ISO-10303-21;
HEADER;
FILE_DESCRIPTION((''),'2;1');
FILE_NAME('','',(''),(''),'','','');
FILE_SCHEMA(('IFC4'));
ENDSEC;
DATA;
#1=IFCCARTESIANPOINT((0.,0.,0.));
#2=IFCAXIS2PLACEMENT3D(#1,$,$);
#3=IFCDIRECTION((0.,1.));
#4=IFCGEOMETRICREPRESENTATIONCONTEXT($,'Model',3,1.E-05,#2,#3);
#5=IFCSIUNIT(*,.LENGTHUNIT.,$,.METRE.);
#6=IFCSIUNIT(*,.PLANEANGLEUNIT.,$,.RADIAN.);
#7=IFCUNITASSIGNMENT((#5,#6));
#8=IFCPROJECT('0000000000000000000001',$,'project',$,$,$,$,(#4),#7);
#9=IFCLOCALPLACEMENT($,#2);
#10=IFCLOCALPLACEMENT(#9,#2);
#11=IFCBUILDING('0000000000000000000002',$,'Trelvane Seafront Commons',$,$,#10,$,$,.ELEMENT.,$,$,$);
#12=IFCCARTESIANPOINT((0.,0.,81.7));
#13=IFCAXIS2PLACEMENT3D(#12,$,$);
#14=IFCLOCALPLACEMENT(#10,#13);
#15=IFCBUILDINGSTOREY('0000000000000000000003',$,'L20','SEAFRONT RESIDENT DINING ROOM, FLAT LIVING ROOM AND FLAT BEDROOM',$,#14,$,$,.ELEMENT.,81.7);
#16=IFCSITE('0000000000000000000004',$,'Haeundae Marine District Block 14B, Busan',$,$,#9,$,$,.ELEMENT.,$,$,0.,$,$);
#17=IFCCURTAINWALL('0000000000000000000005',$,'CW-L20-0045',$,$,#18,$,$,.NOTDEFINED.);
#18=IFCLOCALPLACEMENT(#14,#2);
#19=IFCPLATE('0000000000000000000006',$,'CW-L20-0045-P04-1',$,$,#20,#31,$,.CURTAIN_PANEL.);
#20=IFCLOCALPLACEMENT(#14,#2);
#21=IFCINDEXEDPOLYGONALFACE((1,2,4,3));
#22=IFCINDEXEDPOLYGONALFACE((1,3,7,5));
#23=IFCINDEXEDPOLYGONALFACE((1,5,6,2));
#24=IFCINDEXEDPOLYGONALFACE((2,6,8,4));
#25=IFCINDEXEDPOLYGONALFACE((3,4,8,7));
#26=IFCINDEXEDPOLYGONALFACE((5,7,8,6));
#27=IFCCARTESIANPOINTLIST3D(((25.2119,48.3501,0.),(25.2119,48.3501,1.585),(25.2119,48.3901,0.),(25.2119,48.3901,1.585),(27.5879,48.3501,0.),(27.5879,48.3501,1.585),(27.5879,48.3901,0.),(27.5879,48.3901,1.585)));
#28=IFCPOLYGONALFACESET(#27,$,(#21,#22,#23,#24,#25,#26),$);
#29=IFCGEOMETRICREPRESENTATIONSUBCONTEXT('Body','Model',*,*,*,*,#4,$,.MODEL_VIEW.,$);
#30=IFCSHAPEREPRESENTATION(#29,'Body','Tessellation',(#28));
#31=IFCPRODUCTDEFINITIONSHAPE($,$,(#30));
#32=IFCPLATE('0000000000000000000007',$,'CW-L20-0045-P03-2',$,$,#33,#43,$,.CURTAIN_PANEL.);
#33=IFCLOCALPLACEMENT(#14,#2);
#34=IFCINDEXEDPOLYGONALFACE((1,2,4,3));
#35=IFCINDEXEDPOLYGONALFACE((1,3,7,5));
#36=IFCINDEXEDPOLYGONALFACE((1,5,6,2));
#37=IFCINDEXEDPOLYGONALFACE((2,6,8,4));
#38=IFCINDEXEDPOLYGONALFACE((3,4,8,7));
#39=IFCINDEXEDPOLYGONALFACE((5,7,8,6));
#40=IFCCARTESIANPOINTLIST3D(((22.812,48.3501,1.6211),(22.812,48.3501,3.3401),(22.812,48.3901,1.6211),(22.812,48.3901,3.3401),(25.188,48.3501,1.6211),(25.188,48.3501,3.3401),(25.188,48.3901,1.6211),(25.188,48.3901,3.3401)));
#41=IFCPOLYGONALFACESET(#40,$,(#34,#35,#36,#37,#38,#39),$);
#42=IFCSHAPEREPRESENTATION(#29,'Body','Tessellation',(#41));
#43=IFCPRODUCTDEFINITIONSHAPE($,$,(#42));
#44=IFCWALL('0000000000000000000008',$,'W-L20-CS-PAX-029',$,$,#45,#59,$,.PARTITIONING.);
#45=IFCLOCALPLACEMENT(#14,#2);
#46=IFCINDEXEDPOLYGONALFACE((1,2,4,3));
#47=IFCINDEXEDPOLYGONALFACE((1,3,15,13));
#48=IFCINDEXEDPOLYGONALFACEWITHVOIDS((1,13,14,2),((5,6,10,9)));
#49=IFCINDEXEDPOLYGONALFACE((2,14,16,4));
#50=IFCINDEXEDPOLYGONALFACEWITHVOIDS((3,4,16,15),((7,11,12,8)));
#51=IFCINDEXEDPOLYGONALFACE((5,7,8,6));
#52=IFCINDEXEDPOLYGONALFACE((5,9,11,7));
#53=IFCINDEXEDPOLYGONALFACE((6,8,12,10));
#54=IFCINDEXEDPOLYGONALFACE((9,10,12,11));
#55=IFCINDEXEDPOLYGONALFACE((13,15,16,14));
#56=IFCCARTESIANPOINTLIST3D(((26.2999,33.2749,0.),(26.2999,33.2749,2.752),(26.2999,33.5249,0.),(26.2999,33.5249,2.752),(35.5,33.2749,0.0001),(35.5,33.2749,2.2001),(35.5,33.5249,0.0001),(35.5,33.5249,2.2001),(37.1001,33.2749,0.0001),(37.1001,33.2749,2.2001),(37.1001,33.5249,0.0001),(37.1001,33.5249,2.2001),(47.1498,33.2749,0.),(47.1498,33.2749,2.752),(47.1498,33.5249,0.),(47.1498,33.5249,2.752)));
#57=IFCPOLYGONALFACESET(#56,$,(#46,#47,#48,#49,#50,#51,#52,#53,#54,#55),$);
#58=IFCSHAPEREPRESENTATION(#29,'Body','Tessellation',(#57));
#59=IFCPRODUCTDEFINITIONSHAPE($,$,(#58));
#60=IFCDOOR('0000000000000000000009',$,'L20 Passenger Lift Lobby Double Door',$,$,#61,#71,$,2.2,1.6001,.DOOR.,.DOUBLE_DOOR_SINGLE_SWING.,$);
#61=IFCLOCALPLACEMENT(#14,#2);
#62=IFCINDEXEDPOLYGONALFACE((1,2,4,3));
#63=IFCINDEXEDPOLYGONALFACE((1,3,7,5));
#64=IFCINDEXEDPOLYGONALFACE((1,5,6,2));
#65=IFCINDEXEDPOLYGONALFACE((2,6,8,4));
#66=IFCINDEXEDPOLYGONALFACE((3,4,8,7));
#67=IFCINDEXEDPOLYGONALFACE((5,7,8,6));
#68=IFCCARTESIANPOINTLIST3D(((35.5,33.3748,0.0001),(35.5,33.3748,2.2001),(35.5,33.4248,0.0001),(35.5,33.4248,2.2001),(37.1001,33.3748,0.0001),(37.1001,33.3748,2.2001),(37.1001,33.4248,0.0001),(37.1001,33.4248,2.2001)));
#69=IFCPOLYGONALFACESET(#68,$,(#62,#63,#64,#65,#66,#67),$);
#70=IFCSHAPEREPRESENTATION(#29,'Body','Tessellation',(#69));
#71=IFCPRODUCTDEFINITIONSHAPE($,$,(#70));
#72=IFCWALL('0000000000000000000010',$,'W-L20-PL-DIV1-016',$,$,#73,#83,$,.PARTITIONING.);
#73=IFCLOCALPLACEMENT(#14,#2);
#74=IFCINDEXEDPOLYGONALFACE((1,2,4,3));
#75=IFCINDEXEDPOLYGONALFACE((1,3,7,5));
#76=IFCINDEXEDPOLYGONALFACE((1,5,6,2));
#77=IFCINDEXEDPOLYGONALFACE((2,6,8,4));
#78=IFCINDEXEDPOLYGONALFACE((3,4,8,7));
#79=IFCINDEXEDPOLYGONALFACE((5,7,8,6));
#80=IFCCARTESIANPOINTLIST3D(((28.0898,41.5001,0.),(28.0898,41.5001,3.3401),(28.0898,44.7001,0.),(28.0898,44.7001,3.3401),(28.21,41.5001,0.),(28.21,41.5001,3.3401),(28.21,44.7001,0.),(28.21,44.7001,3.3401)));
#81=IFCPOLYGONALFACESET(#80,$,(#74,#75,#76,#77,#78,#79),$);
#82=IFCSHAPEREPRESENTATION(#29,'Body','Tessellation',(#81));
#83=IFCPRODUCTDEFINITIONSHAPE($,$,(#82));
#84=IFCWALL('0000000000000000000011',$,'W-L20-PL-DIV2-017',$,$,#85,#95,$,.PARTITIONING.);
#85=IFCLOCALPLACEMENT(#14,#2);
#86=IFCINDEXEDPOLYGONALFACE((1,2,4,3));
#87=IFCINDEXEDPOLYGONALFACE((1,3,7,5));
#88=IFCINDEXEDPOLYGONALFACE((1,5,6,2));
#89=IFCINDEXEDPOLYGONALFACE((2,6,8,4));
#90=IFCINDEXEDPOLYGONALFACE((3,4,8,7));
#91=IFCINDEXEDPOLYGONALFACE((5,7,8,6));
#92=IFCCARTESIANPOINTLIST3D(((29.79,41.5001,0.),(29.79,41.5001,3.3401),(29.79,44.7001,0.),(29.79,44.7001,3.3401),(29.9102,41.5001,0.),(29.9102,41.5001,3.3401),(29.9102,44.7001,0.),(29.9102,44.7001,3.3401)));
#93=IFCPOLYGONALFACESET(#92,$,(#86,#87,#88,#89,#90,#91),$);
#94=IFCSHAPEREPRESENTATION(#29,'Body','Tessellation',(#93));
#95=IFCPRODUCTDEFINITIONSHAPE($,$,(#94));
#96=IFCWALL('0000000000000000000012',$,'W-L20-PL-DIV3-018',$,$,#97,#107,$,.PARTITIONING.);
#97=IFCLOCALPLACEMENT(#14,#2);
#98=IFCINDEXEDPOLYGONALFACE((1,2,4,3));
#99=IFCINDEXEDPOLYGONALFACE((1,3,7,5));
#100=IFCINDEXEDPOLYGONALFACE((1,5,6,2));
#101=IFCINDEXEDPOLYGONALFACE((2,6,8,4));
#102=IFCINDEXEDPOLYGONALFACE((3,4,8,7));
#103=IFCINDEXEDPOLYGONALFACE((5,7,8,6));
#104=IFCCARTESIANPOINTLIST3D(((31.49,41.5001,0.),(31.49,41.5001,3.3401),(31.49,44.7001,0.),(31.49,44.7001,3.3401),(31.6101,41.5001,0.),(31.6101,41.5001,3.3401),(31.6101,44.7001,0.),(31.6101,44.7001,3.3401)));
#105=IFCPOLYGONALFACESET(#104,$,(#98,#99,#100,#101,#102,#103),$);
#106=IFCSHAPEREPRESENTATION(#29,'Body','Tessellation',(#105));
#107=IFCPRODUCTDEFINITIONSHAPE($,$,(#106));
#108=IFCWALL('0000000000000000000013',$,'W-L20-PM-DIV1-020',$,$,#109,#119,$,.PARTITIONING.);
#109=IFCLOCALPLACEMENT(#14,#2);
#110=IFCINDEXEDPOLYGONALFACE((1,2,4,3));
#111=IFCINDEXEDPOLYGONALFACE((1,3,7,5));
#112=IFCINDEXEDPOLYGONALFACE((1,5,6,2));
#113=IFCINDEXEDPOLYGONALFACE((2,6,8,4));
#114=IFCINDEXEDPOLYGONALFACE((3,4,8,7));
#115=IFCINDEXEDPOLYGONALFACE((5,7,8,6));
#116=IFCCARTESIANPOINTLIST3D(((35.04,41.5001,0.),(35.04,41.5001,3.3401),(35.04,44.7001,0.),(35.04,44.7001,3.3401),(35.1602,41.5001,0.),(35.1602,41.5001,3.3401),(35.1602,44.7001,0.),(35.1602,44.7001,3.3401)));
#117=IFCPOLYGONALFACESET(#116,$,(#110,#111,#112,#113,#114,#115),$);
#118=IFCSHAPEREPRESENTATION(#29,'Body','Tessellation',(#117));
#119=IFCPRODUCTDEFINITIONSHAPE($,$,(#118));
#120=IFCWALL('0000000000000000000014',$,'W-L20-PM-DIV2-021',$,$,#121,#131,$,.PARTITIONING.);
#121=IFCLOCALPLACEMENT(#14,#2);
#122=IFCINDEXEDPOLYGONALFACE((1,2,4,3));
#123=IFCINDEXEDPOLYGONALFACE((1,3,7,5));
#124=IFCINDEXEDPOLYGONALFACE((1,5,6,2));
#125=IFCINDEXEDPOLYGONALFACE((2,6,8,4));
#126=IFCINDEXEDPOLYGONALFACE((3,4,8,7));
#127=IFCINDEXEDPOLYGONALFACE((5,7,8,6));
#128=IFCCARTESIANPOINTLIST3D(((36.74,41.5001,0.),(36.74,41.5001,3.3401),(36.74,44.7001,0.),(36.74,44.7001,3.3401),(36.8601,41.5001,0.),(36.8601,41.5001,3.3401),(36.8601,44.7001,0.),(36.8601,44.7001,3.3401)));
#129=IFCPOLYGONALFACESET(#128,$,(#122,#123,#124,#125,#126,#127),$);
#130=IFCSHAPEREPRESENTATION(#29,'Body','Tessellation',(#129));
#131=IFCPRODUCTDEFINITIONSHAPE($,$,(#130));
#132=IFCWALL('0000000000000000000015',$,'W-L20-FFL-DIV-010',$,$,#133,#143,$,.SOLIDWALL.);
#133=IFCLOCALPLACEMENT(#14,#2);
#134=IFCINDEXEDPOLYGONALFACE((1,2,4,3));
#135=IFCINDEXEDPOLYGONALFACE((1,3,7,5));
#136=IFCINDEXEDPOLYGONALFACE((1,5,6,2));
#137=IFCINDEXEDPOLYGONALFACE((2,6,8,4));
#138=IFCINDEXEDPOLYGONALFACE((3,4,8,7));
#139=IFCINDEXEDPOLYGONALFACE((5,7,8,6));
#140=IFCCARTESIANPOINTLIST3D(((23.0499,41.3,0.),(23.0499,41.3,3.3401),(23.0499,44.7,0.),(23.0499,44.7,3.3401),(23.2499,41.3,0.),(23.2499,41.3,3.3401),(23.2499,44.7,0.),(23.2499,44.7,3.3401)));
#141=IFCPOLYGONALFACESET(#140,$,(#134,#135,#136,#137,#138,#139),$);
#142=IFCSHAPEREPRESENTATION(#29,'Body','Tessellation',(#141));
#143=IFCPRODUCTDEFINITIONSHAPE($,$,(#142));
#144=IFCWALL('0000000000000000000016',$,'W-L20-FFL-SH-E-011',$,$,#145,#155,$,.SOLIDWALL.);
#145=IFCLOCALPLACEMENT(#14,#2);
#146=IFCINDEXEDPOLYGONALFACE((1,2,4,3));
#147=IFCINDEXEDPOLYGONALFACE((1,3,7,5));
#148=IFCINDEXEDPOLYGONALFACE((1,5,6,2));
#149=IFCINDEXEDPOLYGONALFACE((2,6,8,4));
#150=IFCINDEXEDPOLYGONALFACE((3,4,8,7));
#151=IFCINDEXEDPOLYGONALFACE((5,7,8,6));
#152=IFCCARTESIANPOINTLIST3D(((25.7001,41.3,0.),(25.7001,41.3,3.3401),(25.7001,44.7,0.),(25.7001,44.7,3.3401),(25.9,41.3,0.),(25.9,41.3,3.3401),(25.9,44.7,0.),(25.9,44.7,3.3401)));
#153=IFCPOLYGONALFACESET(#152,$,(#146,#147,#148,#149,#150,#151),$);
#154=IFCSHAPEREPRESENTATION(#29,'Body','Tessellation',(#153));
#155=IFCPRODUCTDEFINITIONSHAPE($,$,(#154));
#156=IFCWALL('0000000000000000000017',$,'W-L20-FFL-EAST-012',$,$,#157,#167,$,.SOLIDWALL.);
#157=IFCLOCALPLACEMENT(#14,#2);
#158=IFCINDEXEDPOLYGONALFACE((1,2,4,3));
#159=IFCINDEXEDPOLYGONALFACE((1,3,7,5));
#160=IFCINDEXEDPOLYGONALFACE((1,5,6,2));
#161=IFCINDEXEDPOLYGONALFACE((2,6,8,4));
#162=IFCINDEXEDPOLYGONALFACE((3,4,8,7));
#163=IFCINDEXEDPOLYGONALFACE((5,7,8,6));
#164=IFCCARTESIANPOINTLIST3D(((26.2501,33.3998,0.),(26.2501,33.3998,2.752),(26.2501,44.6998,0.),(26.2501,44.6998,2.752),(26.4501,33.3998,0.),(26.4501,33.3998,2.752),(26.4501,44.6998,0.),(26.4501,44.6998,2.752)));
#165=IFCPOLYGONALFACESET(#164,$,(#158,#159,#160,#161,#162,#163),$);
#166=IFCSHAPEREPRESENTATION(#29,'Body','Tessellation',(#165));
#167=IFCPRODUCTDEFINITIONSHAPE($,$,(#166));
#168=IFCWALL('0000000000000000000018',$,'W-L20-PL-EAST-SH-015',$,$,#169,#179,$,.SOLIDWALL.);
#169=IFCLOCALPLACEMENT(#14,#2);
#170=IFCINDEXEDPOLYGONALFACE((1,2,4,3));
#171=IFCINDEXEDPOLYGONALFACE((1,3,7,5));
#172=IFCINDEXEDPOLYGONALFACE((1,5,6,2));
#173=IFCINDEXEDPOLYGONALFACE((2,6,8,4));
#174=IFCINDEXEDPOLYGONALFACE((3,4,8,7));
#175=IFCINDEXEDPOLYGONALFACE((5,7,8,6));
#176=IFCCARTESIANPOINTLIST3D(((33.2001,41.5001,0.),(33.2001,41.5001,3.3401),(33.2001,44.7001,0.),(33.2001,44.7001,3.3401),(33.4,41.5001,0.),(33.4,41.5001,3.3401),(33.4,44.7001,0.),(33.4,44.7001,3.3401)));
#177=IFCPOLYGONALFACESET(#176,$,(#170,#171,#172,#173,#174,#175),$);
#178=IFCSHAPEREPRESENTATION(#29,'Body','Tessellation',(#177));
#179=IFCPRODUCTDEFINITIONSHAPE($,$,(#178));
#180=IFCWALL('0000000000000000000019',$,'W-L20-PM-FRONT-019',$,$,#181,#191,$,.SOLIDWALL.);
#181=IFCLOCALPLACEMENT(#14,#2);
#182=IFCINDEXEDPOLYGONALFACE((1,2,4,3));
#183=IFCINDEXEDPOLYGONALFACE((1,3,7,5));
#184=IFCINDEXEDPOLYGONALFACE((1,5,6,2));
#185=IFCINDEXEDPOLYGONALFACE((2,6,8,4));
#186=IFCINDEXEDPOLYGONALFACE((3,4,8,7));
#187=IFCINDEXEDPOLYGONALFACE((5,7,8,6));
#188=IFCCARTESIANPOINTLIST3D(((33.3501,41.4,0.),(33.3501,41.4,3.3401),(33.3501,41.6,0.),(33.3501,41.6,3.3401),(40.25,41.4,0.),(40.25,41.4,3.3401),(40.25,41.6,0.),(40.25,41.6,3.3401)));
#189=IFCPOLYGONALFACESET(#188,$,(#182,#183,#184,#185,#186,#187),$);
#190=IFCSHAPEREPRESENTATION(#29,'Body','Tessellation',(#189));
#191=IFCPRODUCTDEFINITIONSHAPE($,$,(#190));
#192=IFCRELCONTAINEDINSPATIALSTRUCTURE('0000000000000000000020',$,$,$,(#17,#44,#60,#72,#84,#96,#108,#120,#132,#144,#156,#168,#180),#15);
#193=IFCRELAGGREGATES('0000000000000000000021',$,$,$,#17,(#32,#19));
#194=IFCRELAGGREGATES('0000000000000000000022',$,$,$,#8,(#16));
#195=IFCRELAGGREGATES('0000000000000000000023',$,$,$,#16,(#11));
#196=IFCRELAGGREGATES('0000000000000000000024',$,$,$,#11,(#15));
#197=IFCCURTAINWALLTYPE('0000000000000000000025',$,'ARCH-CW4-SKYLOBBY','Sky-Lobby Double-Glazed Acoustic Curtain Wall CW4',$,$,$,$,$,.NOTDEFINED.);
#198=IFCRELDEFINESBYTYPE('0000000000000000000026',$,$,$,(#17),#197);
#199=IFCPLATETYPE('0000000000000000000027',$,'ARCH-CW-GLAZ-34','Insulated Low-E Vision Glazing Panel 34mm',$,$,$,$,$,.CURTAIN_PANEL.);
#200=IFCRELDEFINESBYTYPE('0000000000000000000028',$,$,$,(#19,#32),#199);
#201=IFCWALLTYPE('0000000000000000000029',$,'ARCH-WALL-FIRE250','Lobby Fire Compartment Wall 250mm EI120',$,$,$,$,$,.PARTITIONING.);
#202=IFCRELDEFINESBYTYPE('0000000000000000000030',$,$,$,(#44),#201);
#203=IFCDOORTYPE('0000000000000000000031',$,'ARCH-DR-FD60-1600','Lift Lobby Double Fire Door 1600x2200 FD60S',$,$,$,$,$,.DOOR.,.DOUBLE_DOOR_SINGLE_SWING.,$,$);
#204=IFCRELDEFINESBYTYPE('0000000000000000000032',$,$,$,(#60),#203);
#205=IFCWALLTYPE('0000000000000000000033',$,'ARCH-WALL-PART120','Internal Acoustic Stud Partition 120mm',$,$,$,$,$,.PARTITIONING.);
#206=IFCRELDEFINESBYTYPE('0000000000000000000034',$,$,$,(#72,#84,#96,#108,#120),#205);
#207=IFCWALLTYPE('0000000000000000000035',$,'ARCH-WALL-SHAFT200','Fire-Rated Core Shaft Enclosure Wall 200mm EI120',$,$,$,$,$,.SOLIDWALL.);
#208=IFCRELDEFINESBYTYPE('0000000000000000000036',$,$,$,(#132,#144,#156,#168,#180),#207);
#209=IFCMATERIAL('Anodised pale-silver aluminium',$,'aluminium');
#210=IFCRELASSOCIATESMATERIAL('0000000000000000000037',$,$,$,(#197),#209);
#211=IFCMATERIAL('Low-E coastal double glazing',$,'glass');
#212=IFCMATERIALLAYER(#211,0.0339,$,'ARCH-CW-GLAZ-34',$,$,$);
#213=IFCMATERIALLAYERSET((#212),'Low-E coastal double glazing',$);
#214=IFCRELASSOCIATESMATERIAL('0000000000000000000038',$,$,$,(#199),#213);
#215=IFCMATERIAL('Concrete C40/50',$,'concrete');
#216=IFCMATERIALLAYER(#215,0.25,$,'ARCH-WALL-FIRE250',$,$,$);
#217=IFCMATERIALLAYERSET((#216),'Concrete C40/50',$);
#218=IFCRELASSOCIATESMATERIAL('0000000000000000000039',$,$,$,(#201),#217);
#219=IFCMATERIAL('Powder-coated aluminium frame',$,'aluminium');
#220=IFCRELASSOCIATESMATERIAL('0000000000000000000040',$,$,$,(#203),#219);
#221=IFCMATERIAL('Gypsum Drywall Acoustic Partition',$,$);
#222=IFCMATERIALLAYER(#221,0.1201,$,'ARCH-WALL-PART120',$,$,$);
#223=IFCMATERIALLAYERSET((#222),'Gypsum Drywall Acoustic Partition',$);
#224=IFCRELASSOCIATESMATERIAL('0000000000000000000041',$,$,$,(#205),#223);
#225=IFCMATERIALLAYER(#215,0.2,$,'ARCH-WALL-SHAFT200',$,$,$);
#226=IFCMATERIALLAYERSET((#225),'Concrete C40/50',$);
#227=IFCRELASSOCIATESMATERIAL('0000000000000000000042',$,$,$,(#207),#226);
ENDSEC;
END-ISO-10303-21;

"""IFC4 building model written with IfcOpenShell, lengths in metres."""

from ifc_helpers import new_model, si_unit, direction, frame, frame_2d, origin, origin_2d, place, context, subcontext, project, spatial, rectangle, extrude, source, transform, mapped, material, layer, layer_set, type_object, element, fill, aggregate, save


model = new_model("IFC4")

# Units and contexts
model_context = context("Model", 3, precision=1e-05, world=origin(), true_north=direction((0.0, 1.0)))
body_context = subcontext(model_context, "Body", "Model", "MODEL_VIEW")
ifc_project = project(units=[si_unit("LENGTHUNIT", "METRE"), si_unit("PLANEANGLEUNIT", "RADIAN")], contexts=[model_context])

# Site, building, storey
site_placement = place(None, origin())
site = spatial("IfcSite", under=ifc_project, at=site_placement, Name="Haeundae Marine District Block 14B, Busan", CompositionType="ELEMENT", RefElevation=0.0)
building_placement = place(site_placement, origin())
building = spatial("IfcBuilding", under=site, at=building_placement, Name="Trelvane Seafront Commons", CompositionType="ELEMENT")
storey_placement = place(building_placement, frame((0.0, 0.0, 81.7)))
storey = spatial("IfcBuildingStorey", under=building, at=storey_placement, Name="L20", Description="SEAFRONT RESIDENT DINING ROOM, FLAT LIVING ROOM AND FLAT BEDROOM", CompositionType="ELEMENT", Elevation=81.7)

# Curtain wall, plates
ifc_material_1 = material(Name="Anodised pale-silver aluminium", Category="aluminium")
curtain_wall_type = type_object("IfcCurtainWallType", Name="ARCH-CW4-SKYLOBBY", Description="Sky-Lobby Double-Glazed Acoustic Curtain Wall CW4", PredefinedType="NOTDEFINED", material=ifc_material_1)
curtain_wall_placement = place(storey_placement, origin())
curtain_wall = element("IfcCurtainWall", 1, at=curtain_wall_placement, inside=storey, type_object=curtain_wall_type, Name="CW-L20-0045", PredefinedType="NOTDEFINED")
ifc_material_2 = material(Name="Low-E coastal double glazing", Category="glass")
ifc_layer_1 = layer(ifc_material_2, 0.0339, Name="ARCH-CW-GLAZ-34")
ifc_layer_set_1 = layer_set([ifc_layer_1], Name="Low-E coastal double glazing")
plate_type = type_object("IfcPlateType", Name="ARCH-CW-GLAZ-34", Description="Insulated Low-E Vision Glazing Panel 34mm", PredefinedType="CURTAIN_PANEL", material=ifc_layer_set_1)
shared_shape_1 = source(origin(), body_context, "Body", "SweptSolid", [
    extrude(rectangle(XDim=2.376, YDim=0.04, at=origin_2d()), origin(), (0.0, 0.0, 1.0), 1.585),
])
plate_1_placement = place(storey_placement, frame((26.3999, 48.3701, 0.0), z_axis=(0.0, 0.0, 1.0), x_axis=(1.0, 0.0, 0.0)))
plate_1 = element("IfcPlate", 2, at=plate_1_placement, type_object=plate_type, Name="CW-L20-0045-P04-1", PredefinedType="CURTAIN_PANEL", context=body_context, shape_type="MappedRepresentation", body=[
    mapped(shared_shape_1, transform((0.0, 0.0, 0.0), x_axis=(1.0, 0.0, 0.0), y_axis=(0.0, 1.0, 0.0), z_axis=(0.0, 0.0, 1.0), scale=1.0)),
])
shared_shape_2 = source(origin(), body_context, "Body", "SweptSolid", [
    extrude(rectangle(XDim=2.376, YDim=0.04, at=origin_2d()), origin(), (0.0, 0.0, 1.0), 1.719),
])
plate_2_placement = place(storey_placement, frame((24.0, 48.3701, 1.6211), z_axis=(0.0, 0.0, 1.0), x_axis=(1.0, 0.0, 0.0)))
plate_2 = element("IfcPlate", 3, at=plate_2_placement, type_object=plate_type, Name="CW-L20-0045-P03-2", PredefinedType="CURTAIN_PANEL", context=body_context, shape_type="MappedRepresentation", body=[
    mapped(shared_shape_2, transform((0.0, 0.0, 0.0), x_axis=(1.0, 0.0, 0.0), y_axis=(0.0, 1.0, 0.0), z_axis=(0.0, 0.0, 1.0), scale=1.0)),
])
aggregate(curtain_wall, [plate_2, plate_1])

# Wall, opening, door
ifc_material_3 = material(Name="Concrete C40/50", Category="concrete")
ifc_layer_2 = layer(ifc_material_3, 0.25, Name="ARCH-WALL-FIRE250")
ifc_layer_set_2 = layer_set([ifc_layer_2], Name="Concrete C40/50")
wall_type_1 = type_object("IfcWallType", Name="ARCH-WALL-FIRE250", Description="Lobby Fire Compartment Wall 250mm EI120", PredefinedType="PARTITIONING", material=ifc_layer_set_2)
wall_1_placement = place(storey_placement, frame((26.3, 33.3999, 0.0), z_axis=(0.0, 0.0, 1.0), x_axis=(1.0, 0.0, 0.0)))
wall_1 = element("IfcWall", 4, at=wall_1_placement, inside=storey, type_object=wall_type_1, Name="W-L20-CS-PAX-029", PredefinedType="PARTITIONING", context=body_context, shape_type="SweptSolid", body=[
    extrude(rectangle(XDim=20.8499, YDim=0.25, at=frame_2d((10.4248, 0.0))), origin(), (0.0, 0.0, 1.0), 2.752),
])
opening_1_placement = place(wall_1_placement, frame((9.2, 0.0, 0.0)))
opening_1 = element("IfcOpeningElement", 5, at=opening_1_placement, cuts=wall_1, PredefinedType="OPENING", context=body_context, shape_type="SweptSolid", body=[
    extrude(rectangle(XDim=1.6001, YDim=2.2, at=frame_2d((0.8, 1.1001))), frame((0.0, 0.135, 0.0), z_axis=(0.0, -1.0, 0.0), x_axis=(1.0, 0.0, 0.0)), (0.0, 0.0, 1.0), 0.27),
])
ifc_material_4 = material(Name="Powder-coated aluminium frame", Category="aluminium")
door_type_1 = type_object("IfcDoorType", Name="ARCH-DR-FD60-1600", Description="Lift Lobby Double Fire Door 1600x2200 FD60S", OperationType="DOUBLE_DOOR_SINGLE_SWING", PredefinedType="DOOR", material=ifc_material_4)
shared_shape_3 = source(origin(), body_context, "Body", "SweptSolid", [
    extrude(rectangle(XDim=1.6001, YDim=2.2, at=frame_2d((0.8, 1.1001))), frame((0.0, 0.0249, 0.0), z_axis=(0.0, -1.0, 0.0), x_axis=(1.0, 0.0, 0.0)), (0.0, 0.0, 1.0), 0.05),
])
door_1_placement = place(opening_1_placement, origin())
door_1 = element("IfcDoor", 6, at=door_1_placement, inside=storey, type_object=door_type_1, Name="L20 Passenger Lift Lobby Double Door", OperationType="DOUBLE_DOOR_SINGLE_SWING", OverallHeight=2.2, OverallWidth=1.6001, PredefinedType="DOOR", context=body_context, shape_type="MappedRepresentation", body=[
    mapped(shared_shape_3, transform((0.0, 0.0, 0.0), x_axis=(1.0, 0.0, 0.0), y_axis=(0.0, 1.0, 0.0), z_axis=(0.0, 0.0, 1.0), scale=1.0)),
])
fill(opening_1, door_1)

# Walls
ifc_material_5 = material(Name="Gypsum Drywall Acoustic Partition")
ifc_layer_3 = layer(ifc_material_5, 0.1201, Name="ARCH-WALL-PART120")
ifc_layer_set_3 = layer_set([ifc_layer_3], Name="Gypsum Drywall Acoustic Partition")
wall_type_2 = type_object("IfcWallType", Name="ARCH-WALL-PART120", Description="Internal Acoustic Stud Partition 120mm", PredefinedType="PARTITIONING", material=ifc_layer_set_3)
for number, where, z_axis, x_axis, name in (
    (7, (28.1499, 41.5, 0.0), (0.0, 0.0, 1.0), (0.0, 1.0, 0.0), "W-L20-PL-DIV1-016"),
    (8, (29.8501, 41.5, 0.0), (0.0, 0.0, 1.0), (0.0, 1.0, 0.0), "W-L20-PL-DIV2-017"),
    (9, (31.55, 41.5, 0.0), (0.0, 0.0, 1.0), (0.0, 1.0, 0.0), "W-L20-PL-DIV3-018"),
    (10, (35.1001, 41.5, 0.0), (0.0, 0.0, 1.0), (0.0, 1.0, 0.0), "W-L20-PM-DIV1-020"),
    (11, (36.8, 41.5, 0.0), (0.0, 0.0, 1.0), (0.0, 1.0, 0.0), "W-L20-PM-DIV2-021"),
):
    element("IfcWall", number, at=place(storey_placement, frame(where, z_axis=z_axis, x_axis=x_axis)), inside=storey, type_object=wall_type_2, Name=name, PredefinedType="PARTITIONING", context=body_context, shape_type="SweptSolid", body=[
        extrude(rectangle(XDim=3.2, YDim=0.1201, at=frame_2d((1.6001, 0.0))), origin(), (0.0, 0.0, 1.0), 3.3401),
    ])
ifc_layer_4 = layer(ifc_material_3, 0.2, Name="ARCH-WALL-SHAFT200")
ifc_layer_set_4 = layer_set([ifc_layer_4], Name="Concrete C40/50")
wall_type_3 = type_object("IfcWallType", Name="ARCH-WALL-SHAFT200", Description="Fire-Rated Core Shaft Enclosure Wall 200mm EI120", PredefinedType="SOLIDWALL", material=ifc_layer_set_4)
for number, where, z_axis, x_axis, name in (
    (12, (23.1499, 41.3, 0.0), (0.0, 0.0, 1.0), (0.0, 1.0, 0.0), "W-L20-FFL-DIV-010"),
    (13, (25.8, 41.3, 0.0), (0.0, 0.0, 1.0), (0.0, 1.0, 0.0), "W-L20-FFL-SH-E-011"),
):
    element("IfcWall", number, at=place(storey_placement, frame(where, z_axis=z_axis, x_axis=x_axis)), inside=storey, type_object=wall_type_3, Name=name, PredefinedType="SOLIDWALL", context=body_context, shape_type="SweptSolid", body=[
        extrude(rectangle(XDim=3.3999, YDim=0.2, at=frame_2d((1.7, 0.0))), origin(), (0.0, 0.0, 1.0), 3.3401),
    ])
wall_2_placement = place(storey_placement, frame((26.3501, 33.3999, 0.0), z_axis=(0.0, 0.0, 1.0), x_axis=(0.0, 1.0, 0.0)))
element("IfcWall", 14, at=wall_2_placement, inside=storey, type_object=wall_type_3, Name="W-L20-FFL-EAST-012", PredefinedType="SOLIDWALL", context=body_context, shape_type="SweptSolid", body=[
    extrude(rectangle(XDim=11.3, YDim=0.2, at=frame_2d((5.6499, 0.0))), origin(), (0.0, 0.0, 1.0), 2.752),
])

# Walls
wall_3_placement = place(storey_placement, frame((33.3, 41.5, 0.0), z_axis=(0.0, 0.0, 1.0), x_axis=(0.0, 1.0, 0.0)))
element("IfcWall", 15, at=wall_3_placement, inside=storey, type_object=wall_type_3, Name="W-L20-PL-EAST-SH-015", PredefinedType="SOLIDWALL", context=body_context, shape_type="SweptSolid", body=[
    extrude(rectangle(XDim=3.2, YDim=0.2, at=frame_2d((1.6001, 0.0))), origin(), (0.0, 0.0, 1.0), 3.3401),
])
wall_4_placement = place(storey_placement, frame((33.3501, 41.5, 0.0), z_axis=(0.0, 0.0, 1.0), x_axis=(1.0, 0.0, 0.0)))
element("IfcWall", 16, at=wall_4_placement, inside=storey, type_object=wall_type_3, Name="W-L20-PM-FRONT-019", PredefinedType="SOLIDWALL", context=body_context, shape_type="SweptSolid", body=[
    extrude(rectangle(XDim=6.8999, YDim=0.2, at=frame_2d((3.45, 0.0))), origin(), (0.0, 0.0, 1.0), 3.3401),
])

save(model, "model.ifc")
